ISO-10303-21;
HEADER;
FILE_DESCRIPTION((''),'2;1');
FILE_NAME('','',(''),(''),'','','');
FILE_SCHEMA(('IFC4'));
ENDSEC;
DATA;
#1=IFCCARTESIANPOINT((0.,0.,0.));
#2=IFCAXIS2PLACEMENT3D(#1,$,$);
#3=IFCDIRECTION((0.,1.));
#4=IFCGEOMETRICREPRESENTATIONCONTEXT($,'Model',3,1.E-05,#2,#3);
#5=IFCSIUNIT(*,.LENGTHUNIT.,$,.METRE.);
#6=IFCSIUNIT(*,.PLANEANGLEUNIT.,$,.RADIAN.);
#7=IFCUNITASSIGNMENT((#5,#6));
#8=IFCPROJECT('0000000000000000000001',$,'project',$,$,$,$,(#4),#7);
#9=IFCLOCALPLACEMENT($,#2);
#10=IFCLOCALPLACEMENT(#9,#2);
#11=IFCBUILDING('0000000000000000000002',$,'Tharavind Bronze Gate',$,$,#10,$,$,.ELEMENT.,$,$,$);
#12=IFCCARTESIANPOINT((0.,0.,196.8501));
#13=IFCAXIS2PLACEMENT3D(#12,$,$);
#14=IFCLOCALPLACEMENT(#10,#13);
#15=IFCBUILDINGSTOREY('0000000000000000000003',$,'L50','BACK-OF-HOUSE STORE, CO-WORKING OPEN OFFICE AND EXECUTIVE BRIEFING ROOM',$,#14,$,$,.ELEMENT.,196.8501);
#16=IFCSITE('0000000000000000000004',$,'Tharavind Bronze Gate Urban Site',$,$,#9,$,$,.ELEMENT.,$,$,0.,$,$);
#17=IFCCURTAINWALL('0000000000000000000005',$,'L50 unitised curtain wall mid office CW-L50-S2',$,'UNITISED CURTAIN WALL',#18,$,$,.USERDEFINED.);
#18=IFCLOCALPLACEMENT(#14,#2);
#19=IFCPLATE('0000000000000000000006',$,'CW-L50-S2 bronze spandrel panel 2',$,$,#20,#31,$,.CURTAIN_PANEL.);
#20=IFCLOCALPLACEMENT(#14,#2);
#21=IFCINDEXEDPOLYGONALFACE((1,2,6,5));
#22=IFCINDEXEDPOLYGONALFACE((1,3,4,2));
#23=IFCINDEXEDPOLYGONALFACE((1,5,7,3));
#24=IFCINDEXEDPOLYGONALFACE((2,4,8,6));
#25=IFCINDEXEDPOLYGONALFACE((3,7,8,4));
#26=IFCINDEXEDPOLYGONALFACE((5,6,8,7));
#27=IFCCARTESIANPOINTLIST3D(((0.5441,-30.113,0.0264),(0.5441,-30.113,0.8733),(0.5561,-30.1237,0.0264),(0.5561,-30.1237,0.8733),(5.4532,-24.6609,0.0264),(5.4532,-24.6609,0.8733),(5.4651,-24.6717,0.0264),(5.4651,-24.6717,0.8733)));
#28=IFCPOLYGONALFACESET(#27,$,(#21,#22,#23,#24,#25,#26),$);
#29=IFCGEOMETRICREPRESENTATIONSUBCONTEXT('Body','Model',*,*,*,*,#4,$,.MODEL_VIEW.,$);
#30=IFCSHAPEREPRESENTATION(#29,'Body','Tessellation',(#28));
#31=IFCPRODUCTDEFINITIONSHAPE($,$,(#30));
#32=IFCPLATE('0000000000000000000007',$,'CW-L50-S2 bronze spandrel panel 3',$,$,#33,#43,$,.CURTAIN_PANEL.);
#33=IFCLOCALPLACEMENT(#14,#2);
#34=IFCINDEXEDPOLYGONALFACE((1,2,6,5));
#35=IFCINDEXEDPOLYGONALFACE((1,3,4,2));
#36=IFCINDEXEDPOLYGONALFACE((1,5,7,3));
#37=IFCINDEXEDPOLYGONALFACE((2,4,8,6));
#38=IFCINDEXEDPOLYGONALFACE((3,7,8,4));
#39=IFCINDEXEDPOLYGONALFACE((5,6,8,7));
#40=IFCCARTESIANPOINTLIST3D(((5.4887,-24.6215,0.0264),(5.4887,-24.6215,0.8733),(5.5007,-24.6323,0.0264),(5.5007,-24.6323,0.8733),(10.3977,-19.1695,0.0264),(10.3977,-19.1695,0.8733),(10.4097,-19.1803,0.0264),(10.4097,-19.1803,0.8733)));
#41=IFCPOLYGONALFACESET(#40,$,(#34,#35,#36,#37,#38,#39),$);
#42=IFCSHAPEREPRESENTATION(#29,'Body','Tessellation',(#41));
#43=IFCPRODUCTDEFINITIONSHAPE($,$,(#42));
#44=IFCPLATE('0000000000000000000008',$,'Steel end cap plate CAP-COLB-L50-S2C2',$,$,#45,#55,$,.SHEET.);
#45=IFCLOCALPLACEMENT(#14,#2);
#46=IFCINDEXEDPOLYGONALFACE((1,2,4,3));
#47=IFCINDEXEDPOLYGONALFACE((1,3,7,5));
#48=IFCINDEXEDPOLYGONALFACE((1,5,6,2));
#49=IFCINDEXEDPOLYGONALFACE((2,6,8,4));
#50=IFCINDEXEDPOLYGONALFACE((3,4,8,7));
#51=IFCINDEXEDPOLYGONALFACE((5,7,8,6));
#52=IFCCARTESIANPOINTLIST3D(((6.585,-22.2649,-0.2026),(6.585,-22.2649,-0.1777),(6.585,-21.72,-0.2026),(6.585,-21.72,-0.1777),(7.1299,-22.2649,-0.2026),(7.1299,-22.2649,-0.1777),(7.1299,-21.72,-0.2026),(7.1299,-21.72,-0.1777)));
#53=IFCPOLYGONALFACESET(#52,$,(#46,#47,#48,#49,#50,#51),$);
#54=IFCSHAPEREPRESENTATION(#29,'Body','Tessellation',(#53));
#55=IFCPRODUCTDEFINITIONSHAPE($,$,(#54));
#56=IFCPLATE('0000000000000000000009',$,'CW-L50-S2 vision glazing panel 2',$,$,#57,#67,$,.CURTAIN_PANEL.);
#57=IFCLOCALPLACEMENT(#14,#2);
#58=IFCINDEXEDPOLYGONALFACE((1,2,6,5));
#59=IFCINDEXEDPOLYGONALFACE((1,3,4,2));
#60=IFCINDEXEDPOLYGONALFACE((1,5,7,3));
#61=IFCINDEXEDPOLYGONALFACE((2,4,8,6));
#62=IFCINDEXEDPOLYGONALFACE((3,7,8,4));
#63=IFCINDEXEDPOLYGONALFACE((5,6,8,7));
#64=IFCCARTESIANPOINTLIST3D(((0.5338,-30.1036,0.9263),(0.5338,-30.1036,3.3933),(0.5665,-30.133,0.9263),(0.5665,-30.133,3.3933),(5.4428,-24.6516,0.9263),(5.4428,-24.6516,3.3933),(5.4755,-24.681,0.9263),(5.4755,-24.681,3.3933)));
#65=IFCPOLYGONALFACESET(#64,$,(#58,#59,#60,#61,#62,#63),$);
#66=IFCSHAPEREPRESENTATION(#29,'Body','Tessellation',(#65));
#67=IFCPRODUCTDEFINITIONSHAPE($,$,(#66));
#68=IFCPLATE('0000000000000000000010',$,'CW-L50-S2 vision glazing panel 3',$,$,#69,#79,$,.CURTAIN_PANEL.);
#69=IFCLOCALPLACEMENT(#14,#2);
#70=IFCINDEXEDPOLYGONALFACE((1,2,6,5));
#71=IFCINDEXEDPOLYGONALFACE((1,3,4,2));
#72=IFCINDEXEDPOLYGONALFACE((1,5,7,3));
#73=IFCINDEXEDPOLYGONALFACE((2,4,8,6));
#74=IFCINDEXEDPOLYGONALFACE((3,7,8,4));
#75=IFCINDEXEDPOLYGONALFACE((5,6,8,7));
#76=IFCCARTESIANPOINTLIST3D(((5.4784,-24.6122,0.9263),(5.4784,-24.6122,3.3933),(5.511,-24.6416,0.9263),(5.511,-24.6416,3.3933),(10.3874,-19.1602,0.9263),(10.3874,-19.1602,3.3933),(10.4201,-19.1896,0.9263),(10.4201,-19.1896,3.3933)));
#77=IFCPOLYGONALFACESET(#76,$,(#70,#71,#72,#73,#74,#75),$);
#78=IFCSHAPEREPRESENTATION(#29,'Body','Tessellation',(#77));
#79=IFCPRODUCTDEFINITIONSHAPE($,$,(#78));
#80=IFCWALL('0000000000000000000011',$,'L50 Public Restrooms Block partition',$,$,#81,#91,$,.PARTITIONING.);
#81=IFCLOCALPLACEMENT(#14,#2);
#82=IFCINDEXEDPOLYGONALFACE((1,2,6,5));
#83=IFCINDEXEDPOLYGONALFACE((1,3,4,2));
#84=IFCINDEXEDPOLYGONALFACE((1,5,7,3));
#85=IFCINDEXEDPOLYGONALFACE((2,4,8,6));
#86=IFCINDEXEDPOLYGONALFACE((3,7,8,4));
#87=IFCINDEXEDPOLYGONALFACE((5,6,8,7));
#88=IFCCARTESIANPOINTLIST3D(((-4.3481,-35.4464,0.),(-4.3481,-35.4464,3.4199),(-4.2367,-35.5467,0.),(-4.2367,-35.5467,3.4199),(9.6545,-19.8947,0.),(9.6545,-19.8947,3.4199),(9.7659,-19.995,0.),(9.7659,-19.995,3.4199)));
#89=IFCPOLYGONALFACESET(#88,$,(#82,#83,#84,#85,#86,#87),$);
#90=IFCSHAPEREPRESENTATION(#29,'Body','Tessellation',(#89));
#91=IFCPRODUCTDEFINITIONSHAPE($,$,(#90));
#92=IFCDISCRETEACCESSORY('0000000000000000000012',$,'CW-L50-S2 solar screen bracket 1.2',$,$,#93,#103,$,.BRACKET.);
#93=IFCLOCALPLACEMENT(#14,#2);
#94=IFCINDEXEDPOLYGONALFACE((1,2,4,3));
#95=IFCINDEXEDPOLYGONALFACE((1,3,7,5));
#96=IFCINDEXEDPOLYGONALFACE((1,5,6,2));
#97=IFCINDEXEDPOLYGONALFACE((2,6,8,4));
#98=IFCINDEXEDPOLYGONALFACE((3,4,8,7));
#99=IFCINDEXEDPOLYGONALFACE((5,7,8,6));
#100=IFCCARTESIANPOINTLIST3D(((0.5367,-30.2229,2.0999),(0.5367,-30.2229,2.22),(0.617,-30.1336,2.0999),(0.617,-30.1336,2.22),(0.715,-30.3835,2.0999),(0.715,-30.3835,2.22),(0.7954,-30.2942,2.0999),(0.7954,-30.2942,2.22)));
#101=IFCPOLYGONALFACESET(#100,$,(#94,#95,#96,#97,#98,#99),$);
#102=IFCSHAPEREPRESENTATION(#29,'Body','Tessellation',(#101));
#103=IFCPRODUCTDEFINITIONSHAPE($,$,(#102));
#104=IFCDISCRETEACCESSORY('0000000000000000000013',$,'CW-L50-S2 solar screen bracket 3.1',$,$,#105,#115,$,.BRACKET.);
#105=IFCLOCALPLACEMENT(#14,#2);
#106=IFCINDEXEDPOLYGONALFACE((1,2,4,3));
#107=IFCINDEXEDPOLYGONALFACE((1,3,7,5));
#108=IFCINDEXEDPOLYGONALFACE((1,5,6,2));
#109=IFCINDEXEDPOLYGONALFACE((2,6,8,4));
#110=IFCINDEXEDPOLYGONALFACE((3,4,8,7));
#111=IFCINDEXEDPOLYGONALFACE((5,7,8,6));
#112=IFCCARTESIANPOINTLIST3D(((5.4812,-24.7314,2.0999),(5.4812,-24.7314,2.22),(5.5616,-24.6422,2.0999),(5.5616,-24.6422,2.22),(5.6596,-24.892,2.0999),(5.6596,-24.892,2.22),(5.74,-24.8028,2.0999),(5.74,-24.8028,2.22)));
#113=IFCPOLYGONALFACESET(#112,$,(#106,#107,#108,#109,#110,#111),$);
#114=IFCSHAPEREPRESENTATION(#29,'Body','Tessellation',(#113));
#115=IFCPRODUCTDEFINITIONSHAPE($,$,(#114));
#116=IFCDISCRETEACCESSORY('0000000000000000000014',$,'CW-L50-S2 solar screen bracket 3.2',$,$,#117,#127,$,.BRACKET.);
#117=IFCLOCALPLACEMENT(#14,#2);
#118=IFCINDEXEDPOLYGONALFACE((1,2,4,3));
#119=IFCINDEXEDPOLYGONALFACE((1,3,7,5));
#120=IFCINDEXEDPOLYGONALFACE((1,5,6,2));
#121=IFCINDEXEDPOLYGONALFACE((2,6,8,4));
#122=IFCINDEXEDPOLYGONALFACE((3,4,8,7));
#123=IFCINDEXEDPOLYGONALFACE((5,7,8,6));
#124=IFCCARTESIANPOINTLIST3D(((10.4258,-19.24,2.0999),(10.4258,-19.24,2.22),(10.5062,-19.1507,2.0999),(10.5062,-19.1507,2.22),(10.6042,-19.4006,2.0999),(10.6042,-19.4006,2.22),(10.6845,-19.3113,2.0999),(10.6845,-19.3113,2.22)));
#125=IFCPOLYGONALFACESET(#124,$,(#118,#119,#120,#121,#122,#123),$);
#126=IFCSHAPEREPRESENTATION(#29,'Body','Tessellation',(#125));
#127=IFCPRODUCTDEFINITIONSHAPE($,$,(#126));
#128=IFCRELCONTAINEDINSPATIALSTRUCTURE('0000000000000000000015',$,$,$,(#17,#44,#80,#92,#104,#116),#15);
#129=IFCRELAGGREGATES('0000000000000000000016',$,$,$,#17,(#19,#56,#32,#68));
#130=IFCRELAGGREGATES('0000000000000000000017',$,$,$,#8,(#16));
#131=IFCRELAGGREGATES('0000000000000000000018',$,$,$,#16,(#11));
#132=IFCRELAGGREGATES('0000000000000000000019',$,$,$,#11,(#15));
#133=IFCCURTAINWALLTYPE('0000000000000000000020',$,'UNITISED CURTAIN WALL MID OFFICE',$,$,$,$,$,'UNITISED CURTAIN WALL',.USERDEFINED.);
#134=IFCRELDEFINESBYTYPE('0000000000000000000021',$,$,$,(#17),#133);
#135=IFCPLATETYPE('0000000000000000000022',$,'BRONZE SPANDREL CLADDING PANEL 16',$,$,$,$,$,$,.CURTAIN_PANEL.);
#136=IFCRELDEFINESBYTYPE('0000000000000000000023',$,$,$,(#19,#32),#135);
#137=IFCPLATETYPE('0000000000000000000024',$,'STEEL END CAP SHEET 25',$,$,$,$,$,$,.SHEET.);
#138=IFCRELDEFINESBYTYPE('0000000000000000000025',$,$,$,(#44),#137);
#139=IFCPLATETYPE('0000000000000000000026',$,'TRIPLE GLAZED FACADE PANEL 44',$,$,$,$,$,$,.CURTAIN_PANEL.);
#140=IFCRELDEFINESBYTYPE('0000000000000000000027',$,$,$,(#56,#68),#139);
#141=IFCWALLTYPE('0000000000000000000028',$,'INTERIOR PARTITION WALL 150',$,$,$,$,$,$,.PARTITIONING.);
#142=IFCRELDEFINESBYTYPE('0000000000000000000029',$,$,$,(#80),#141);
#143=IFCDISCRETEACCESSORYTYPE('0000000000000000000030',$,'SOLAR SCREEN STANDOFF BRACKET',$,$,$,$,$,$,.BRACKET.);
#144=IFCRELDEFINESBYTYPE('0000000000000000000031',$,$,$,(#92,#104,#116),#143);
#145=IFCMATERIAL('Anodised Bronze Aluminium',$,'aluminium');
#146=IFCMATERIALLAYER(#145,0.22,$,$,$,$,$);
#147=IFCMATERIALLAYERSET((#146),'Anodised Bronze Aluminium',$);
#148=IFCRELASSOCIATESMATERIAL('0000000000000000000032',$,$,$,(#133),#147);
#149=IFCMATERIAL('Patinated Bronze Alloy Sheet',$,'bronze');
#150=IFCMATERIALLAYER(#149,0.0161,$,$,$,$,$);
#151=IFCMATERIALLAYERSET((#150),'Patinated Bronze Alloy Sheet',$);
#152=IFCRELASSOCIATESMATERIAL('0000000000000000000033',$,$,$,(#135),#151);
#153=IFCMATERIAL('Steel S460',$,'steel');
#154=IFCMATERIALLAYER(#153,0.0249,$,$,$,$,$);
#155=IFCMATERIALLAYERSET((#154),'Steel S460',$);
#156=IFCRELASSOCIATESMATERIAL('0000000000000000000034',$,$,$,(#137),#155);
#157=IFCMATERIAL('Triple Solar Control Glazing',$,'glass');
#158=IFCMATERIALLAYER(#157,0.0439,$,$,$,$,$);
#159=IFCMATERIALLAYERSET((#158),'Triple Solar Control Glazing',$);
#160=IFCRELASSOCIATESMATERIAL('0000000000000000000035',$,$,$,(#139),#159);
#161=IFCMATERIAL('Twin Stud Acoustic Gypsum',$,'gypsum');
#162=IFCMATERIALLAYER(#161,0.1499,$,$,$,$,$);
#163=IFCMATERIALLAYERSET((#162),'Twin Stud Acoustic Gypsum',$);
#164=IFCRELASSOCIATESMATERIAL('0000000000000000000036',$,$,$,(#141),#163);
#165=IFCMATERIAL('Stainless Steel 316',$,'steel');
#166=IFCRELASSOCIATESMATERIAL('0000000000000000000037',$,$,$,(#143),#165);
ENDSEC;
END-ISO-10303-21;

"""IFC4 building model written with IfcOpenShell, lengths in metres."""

from ifc_helpers import new_model, si_unit, direction, frame, frame_2d, origin, origin_2d, place, context, subcontext, project, spatial, rectangle, extrude, material, layer, layer_set, type_object, element, aggregate, save


model = new_model("IFC4")

# Units and contexts
model_context = context("Model", 3, precision=1e-05, world=origin(), true_north=direction((0.0, 1.0)))
body_context = subcontext(model_context, "Body", "Model", "MODEL_VIEW")
ifc_project = project(units=[si_unit("LENGTHUNIT", "METRE"), si_unit("PLANEANGLEUNIT", "RADIAN")], contexts=[model_context])

# Site, building, storey
site_placement = place(None, origin())
site = spatial("IfcSite", under=ifc_project, at=site_placement, Name="Tharavind Bronze Gate Urban Site", CompositionType="ELEMENT", RefElevation=0.0)
building_placement = place(site_placement, origin())
building = spatial("IfcBuilding", under=site, at=building_placement, Name="Tharavind Bronze Gate", CompositionType="ELEMENT")
storey_placement = place(building_placement, frame((0.0, 0.0, 196.8501)))
storey = spatial("IfcBuildingStorey", under=building, at=storey_placement, Name="L50", Description="BACK-OF-HOUSE STORE, CO-WORKING OPEN OFFICE AND EXECUTIVE BRIEFING ROOM", CompositionType="ELEMENT", Elevation=196.8501)

# Shared definitions
ifc_material_1 = material(Name="Steel S460", Category="steel")

# Curtain wall
ifc_material_2 = material(Name="Anodised Bronze Aluminium", Category="aluminium")
ifc_layer_1 = layer(ifc_material_2, 0.22)
ifc_layer_set_1 = layer_set([ifc_layer_1], Name="Anodised Bronze Aluminium")
curtain_wall_type = type_object("IfcCurtainWallType", Name="UNITISED CURTAIN WALL MID OFFICE", ElementType="UNITISED CURTAIN WALL", PredefinedType="USERDEFINED", material=ifc_layer_set_1)
curtain_wall_placement = place(storey_placement, origin())
curtain_wall = element("IfcCurtainWall", 1, at=curtain_wall_placement, inside=storey, type_object=curtain_wall_type, Name="L50 unitised curtain wall mid office CW-L50-S2", ObjectType="UNITISED CURTAIN WALL", PredefinedType="USERDEFINED")

# Plates
ifc_material_3 = material(Name="Patinated Bronze Alloy Sheet", Category="bronze")
ifc_layer_2 = layer(ifc_material_3, 0.0161)
ifc_layer_set_2 = layer_set([ifc_layer_2], Name="Patinated Bronze Alloy Sheet")
plate_type_1 = type_object("IfcPlateType", Name="BRONZE SPANDREL CLADDING PANEL 16", PredefinedType="CURTAIN_PANEL", material=ifc_layer_set_2)
plate_1_placement = place(storey_placement, frame((3.0046, -27.3923, 0.0264), z_axis=(0.0, 0.0, 1.0), x_axis=(0.669131, 0.743145, 0.0)))
plate_1 = element("IfcPlate", 2, at=plate_1_placement, type_object=plate_type_1, Name="CW-L50-S2 bronze spandrel panel 2", PredefinedType="CURTAIN_PANEL", context=body_context, shape_type="SweptSolid", body=[
    extrude(rectangle(XDim=7.3364, YDim=0.0161, at=origin_2d()), origin(), (0.0, 0.0, 1.0), 0.8469),
])
plate_2_placement = place(storey_placement, frame((7.9492, -21.9009, 0.0264), z_axis=(0.0, 0.0, 1.0), x_axis=(0.669131, 0.743145, 0.0)))
plate_2 = element("IfcPlate", 3, at=plate_2_placement, type_object=plate_type_1, Name="CW-L50-S2 bronze spandrel panel 3", PredefinedType="CURTAIN_PANEL", context=body_context, shape_type="SweptSolid", body=[
    extrude(rectangle(XDim=7.3364, YDim=0.0161, at=origin_2d()), origin(), (0.0, 0.0, 1.0), 0.8469),
])
ifc_layer_3 = layer(ifc_material_1, 0.0249)
ifc_layer_set_3 = layer_set([ifc_layer_3], Name="Steel S460")
plate_type_2 = type_object("IfcPlateType", Name="STEEL END CAP SHEET 25", PredefinedType="SHEET", material=ifc_layer_set_3)
plate_3_placement = place(storey_placement, frame((6.8574, -21.9924, -0.2026), z_axis=(0.0, 0.0, 1.0), x_axis=(1.0, 0.0, 0.0)))
element("IfcPlate", 4, at=plate_3_placement, inside=storey, type_object=plate_type_2, Name="Steel end cap plate CAP-COLB-L50-S2C2", PredefinedType="SHEET", context=body_context, shape_type="SweptSolid", body=[
    extrude(rectangle(XDim=0.5449, YDim=0.5449, at=origin_2d()), origin(), (0.0, 0.0, 1.0), 0.0249),
])
ifc_material_4 = material(Name="Triple Solar Control Glazing", Category="glass")
ifc_layer_4 = layer(ifc_material_4, 0.0439)
ifc_layer_set_4 = layer_set([ifc_layer_4], Name="Triple Solar Control Glazing")
plate_type_3 = type_object("IfcPlateType", Name="TRIPLE GLAZED FACADE PANEL 44", PredefinedType="CURTAIN_PANEL", material=ifc_layer_set_4)
plate_4_placement = place(storey_placement, frame((3.0046, -27.3923, 0.9263), z_axis=(0.0, 0.0, 1.0), x_axis=(0.669131, 0.743145, 0.0)))
plate_4 = element("IfcPlate", 5, at=plate_4_placement, type_object=plate_type_3, Name="CW-L50-S2 vision glazing panel 2", PredefinedType="CURTAIN_PANEL", context=body_context, shape_type="SweptSolid", body=[
    extrude(rectangle(XDim=7.3364, YDim=0.0439, at=origin_2d()), origin(), (0.0, 0.0, 1.0), 2.467),
])
plate_5_placement = place(storey_placement, frame((7.9492, -21.9009, 0.9263), z_axis=(0.0, 0.0, 1.0), x_axis=(0.669131, 0.743145, 0.0)))
plate_5 = element("IfcPlate", 6, at=plate_5_placement, type_object=plate_type_3, Name="CW-L50-S2 vision glazing panel 3", PredefinedType="CURTAIN_PANEL", context=body_context, shape_type="SweptSolid", body=[
    extrude(rectangle(XDim=7.3364, YDim=0.0439, at=origin_2d()), origin(), (0.0, 0.0, 1.0), 2.467),
])
aggregate(curtain_wall, [plate_1, plate_4, plate_2, plate_5])

# Wall
ifc_material_5 = material(Name="Twin Stud Acoustic Gypsum", Category="gypsum")
ifc_layer_5 = layer(ifc_material_5, 0.1499)
ifc_layer_set_5 = layer_set([ifc_layer_5], Name="Twin Stud Acoustic Gypsum")
wall_type = type_object("IfcWallType", Name="INTERIOR PARTITION WALL 150", PredefinedType="PARTITIONING", material=ifc_layer_set_5)
wall_placement = place(storey_placement, frame((9.7102, -19.9448, 0.0), z_axis=(0.0, 0.0, 1.0), x_axis=(-0.669126, -0.743149, 0.0)))
element("IfcWall", 7, at=wall_placement, inside=storey, type_object=wall_type, Name="L50 Public Restrooms Block partition", PredefinedType="PARTITIONING", context=body_context, shape_type="SweptSolid", body=[
    extrude(rectangle(XDim=20.9268, YDim=0.1499, at=frame_2d((10.4634, 0.0))), origin(), (0.0, 0.0, 1.0), 3.4199),
])

# Discrete accessories
ifc_material_6 = material(Name="Stainless Steel 316", Category="steel")
discrete_accessory_type = type_object("IfcDiscreteAccessoryType", Name="SOLAR SCREEN STANDOFF BRACKET", PredefinedType="BRACKET", material=ifc_material_6)
for number, where, z_axis, x_axis, name in (
    (8, (0.666, -30.2585, 2.0999), (0.0, 0.0, 1.0), (0.669131, 0.743145, 0.0), "CW-L50-S2 solar screen bracket 1.2"),
    (9, (5.6106, -24.7671, 2.0999), (0.0, 0.0, 1.0), (0.669131, 0.743145, 0.0), "CW-L50-S2 solar screen bracket 3.1"),
    (10, (10.5552, -19.2756, 2.0999), (0.0, 0.0, 1.0), (0.669131, 0.743145, 0.0), "CW-L50-S2 solar screen bracket 3.2"),
):
    element("IfcDiscreteAccessory", number, at=place(storey_placement, frame(where, z_axis=z_axis, x_axis=x_axis)), inside=storey, type_object=discrete_accessory_type, Name=name, PredefinedType="BRACKET", context=body_context, shape_type="SweptSolid", body=[
        extrude(rectangle(XDim=0.1201, YDim=0.24, at=origin_2d()), origin(), (0.0, 0.0, 1.0), 0.1201),
    ])

save(model, "model.ifc")
